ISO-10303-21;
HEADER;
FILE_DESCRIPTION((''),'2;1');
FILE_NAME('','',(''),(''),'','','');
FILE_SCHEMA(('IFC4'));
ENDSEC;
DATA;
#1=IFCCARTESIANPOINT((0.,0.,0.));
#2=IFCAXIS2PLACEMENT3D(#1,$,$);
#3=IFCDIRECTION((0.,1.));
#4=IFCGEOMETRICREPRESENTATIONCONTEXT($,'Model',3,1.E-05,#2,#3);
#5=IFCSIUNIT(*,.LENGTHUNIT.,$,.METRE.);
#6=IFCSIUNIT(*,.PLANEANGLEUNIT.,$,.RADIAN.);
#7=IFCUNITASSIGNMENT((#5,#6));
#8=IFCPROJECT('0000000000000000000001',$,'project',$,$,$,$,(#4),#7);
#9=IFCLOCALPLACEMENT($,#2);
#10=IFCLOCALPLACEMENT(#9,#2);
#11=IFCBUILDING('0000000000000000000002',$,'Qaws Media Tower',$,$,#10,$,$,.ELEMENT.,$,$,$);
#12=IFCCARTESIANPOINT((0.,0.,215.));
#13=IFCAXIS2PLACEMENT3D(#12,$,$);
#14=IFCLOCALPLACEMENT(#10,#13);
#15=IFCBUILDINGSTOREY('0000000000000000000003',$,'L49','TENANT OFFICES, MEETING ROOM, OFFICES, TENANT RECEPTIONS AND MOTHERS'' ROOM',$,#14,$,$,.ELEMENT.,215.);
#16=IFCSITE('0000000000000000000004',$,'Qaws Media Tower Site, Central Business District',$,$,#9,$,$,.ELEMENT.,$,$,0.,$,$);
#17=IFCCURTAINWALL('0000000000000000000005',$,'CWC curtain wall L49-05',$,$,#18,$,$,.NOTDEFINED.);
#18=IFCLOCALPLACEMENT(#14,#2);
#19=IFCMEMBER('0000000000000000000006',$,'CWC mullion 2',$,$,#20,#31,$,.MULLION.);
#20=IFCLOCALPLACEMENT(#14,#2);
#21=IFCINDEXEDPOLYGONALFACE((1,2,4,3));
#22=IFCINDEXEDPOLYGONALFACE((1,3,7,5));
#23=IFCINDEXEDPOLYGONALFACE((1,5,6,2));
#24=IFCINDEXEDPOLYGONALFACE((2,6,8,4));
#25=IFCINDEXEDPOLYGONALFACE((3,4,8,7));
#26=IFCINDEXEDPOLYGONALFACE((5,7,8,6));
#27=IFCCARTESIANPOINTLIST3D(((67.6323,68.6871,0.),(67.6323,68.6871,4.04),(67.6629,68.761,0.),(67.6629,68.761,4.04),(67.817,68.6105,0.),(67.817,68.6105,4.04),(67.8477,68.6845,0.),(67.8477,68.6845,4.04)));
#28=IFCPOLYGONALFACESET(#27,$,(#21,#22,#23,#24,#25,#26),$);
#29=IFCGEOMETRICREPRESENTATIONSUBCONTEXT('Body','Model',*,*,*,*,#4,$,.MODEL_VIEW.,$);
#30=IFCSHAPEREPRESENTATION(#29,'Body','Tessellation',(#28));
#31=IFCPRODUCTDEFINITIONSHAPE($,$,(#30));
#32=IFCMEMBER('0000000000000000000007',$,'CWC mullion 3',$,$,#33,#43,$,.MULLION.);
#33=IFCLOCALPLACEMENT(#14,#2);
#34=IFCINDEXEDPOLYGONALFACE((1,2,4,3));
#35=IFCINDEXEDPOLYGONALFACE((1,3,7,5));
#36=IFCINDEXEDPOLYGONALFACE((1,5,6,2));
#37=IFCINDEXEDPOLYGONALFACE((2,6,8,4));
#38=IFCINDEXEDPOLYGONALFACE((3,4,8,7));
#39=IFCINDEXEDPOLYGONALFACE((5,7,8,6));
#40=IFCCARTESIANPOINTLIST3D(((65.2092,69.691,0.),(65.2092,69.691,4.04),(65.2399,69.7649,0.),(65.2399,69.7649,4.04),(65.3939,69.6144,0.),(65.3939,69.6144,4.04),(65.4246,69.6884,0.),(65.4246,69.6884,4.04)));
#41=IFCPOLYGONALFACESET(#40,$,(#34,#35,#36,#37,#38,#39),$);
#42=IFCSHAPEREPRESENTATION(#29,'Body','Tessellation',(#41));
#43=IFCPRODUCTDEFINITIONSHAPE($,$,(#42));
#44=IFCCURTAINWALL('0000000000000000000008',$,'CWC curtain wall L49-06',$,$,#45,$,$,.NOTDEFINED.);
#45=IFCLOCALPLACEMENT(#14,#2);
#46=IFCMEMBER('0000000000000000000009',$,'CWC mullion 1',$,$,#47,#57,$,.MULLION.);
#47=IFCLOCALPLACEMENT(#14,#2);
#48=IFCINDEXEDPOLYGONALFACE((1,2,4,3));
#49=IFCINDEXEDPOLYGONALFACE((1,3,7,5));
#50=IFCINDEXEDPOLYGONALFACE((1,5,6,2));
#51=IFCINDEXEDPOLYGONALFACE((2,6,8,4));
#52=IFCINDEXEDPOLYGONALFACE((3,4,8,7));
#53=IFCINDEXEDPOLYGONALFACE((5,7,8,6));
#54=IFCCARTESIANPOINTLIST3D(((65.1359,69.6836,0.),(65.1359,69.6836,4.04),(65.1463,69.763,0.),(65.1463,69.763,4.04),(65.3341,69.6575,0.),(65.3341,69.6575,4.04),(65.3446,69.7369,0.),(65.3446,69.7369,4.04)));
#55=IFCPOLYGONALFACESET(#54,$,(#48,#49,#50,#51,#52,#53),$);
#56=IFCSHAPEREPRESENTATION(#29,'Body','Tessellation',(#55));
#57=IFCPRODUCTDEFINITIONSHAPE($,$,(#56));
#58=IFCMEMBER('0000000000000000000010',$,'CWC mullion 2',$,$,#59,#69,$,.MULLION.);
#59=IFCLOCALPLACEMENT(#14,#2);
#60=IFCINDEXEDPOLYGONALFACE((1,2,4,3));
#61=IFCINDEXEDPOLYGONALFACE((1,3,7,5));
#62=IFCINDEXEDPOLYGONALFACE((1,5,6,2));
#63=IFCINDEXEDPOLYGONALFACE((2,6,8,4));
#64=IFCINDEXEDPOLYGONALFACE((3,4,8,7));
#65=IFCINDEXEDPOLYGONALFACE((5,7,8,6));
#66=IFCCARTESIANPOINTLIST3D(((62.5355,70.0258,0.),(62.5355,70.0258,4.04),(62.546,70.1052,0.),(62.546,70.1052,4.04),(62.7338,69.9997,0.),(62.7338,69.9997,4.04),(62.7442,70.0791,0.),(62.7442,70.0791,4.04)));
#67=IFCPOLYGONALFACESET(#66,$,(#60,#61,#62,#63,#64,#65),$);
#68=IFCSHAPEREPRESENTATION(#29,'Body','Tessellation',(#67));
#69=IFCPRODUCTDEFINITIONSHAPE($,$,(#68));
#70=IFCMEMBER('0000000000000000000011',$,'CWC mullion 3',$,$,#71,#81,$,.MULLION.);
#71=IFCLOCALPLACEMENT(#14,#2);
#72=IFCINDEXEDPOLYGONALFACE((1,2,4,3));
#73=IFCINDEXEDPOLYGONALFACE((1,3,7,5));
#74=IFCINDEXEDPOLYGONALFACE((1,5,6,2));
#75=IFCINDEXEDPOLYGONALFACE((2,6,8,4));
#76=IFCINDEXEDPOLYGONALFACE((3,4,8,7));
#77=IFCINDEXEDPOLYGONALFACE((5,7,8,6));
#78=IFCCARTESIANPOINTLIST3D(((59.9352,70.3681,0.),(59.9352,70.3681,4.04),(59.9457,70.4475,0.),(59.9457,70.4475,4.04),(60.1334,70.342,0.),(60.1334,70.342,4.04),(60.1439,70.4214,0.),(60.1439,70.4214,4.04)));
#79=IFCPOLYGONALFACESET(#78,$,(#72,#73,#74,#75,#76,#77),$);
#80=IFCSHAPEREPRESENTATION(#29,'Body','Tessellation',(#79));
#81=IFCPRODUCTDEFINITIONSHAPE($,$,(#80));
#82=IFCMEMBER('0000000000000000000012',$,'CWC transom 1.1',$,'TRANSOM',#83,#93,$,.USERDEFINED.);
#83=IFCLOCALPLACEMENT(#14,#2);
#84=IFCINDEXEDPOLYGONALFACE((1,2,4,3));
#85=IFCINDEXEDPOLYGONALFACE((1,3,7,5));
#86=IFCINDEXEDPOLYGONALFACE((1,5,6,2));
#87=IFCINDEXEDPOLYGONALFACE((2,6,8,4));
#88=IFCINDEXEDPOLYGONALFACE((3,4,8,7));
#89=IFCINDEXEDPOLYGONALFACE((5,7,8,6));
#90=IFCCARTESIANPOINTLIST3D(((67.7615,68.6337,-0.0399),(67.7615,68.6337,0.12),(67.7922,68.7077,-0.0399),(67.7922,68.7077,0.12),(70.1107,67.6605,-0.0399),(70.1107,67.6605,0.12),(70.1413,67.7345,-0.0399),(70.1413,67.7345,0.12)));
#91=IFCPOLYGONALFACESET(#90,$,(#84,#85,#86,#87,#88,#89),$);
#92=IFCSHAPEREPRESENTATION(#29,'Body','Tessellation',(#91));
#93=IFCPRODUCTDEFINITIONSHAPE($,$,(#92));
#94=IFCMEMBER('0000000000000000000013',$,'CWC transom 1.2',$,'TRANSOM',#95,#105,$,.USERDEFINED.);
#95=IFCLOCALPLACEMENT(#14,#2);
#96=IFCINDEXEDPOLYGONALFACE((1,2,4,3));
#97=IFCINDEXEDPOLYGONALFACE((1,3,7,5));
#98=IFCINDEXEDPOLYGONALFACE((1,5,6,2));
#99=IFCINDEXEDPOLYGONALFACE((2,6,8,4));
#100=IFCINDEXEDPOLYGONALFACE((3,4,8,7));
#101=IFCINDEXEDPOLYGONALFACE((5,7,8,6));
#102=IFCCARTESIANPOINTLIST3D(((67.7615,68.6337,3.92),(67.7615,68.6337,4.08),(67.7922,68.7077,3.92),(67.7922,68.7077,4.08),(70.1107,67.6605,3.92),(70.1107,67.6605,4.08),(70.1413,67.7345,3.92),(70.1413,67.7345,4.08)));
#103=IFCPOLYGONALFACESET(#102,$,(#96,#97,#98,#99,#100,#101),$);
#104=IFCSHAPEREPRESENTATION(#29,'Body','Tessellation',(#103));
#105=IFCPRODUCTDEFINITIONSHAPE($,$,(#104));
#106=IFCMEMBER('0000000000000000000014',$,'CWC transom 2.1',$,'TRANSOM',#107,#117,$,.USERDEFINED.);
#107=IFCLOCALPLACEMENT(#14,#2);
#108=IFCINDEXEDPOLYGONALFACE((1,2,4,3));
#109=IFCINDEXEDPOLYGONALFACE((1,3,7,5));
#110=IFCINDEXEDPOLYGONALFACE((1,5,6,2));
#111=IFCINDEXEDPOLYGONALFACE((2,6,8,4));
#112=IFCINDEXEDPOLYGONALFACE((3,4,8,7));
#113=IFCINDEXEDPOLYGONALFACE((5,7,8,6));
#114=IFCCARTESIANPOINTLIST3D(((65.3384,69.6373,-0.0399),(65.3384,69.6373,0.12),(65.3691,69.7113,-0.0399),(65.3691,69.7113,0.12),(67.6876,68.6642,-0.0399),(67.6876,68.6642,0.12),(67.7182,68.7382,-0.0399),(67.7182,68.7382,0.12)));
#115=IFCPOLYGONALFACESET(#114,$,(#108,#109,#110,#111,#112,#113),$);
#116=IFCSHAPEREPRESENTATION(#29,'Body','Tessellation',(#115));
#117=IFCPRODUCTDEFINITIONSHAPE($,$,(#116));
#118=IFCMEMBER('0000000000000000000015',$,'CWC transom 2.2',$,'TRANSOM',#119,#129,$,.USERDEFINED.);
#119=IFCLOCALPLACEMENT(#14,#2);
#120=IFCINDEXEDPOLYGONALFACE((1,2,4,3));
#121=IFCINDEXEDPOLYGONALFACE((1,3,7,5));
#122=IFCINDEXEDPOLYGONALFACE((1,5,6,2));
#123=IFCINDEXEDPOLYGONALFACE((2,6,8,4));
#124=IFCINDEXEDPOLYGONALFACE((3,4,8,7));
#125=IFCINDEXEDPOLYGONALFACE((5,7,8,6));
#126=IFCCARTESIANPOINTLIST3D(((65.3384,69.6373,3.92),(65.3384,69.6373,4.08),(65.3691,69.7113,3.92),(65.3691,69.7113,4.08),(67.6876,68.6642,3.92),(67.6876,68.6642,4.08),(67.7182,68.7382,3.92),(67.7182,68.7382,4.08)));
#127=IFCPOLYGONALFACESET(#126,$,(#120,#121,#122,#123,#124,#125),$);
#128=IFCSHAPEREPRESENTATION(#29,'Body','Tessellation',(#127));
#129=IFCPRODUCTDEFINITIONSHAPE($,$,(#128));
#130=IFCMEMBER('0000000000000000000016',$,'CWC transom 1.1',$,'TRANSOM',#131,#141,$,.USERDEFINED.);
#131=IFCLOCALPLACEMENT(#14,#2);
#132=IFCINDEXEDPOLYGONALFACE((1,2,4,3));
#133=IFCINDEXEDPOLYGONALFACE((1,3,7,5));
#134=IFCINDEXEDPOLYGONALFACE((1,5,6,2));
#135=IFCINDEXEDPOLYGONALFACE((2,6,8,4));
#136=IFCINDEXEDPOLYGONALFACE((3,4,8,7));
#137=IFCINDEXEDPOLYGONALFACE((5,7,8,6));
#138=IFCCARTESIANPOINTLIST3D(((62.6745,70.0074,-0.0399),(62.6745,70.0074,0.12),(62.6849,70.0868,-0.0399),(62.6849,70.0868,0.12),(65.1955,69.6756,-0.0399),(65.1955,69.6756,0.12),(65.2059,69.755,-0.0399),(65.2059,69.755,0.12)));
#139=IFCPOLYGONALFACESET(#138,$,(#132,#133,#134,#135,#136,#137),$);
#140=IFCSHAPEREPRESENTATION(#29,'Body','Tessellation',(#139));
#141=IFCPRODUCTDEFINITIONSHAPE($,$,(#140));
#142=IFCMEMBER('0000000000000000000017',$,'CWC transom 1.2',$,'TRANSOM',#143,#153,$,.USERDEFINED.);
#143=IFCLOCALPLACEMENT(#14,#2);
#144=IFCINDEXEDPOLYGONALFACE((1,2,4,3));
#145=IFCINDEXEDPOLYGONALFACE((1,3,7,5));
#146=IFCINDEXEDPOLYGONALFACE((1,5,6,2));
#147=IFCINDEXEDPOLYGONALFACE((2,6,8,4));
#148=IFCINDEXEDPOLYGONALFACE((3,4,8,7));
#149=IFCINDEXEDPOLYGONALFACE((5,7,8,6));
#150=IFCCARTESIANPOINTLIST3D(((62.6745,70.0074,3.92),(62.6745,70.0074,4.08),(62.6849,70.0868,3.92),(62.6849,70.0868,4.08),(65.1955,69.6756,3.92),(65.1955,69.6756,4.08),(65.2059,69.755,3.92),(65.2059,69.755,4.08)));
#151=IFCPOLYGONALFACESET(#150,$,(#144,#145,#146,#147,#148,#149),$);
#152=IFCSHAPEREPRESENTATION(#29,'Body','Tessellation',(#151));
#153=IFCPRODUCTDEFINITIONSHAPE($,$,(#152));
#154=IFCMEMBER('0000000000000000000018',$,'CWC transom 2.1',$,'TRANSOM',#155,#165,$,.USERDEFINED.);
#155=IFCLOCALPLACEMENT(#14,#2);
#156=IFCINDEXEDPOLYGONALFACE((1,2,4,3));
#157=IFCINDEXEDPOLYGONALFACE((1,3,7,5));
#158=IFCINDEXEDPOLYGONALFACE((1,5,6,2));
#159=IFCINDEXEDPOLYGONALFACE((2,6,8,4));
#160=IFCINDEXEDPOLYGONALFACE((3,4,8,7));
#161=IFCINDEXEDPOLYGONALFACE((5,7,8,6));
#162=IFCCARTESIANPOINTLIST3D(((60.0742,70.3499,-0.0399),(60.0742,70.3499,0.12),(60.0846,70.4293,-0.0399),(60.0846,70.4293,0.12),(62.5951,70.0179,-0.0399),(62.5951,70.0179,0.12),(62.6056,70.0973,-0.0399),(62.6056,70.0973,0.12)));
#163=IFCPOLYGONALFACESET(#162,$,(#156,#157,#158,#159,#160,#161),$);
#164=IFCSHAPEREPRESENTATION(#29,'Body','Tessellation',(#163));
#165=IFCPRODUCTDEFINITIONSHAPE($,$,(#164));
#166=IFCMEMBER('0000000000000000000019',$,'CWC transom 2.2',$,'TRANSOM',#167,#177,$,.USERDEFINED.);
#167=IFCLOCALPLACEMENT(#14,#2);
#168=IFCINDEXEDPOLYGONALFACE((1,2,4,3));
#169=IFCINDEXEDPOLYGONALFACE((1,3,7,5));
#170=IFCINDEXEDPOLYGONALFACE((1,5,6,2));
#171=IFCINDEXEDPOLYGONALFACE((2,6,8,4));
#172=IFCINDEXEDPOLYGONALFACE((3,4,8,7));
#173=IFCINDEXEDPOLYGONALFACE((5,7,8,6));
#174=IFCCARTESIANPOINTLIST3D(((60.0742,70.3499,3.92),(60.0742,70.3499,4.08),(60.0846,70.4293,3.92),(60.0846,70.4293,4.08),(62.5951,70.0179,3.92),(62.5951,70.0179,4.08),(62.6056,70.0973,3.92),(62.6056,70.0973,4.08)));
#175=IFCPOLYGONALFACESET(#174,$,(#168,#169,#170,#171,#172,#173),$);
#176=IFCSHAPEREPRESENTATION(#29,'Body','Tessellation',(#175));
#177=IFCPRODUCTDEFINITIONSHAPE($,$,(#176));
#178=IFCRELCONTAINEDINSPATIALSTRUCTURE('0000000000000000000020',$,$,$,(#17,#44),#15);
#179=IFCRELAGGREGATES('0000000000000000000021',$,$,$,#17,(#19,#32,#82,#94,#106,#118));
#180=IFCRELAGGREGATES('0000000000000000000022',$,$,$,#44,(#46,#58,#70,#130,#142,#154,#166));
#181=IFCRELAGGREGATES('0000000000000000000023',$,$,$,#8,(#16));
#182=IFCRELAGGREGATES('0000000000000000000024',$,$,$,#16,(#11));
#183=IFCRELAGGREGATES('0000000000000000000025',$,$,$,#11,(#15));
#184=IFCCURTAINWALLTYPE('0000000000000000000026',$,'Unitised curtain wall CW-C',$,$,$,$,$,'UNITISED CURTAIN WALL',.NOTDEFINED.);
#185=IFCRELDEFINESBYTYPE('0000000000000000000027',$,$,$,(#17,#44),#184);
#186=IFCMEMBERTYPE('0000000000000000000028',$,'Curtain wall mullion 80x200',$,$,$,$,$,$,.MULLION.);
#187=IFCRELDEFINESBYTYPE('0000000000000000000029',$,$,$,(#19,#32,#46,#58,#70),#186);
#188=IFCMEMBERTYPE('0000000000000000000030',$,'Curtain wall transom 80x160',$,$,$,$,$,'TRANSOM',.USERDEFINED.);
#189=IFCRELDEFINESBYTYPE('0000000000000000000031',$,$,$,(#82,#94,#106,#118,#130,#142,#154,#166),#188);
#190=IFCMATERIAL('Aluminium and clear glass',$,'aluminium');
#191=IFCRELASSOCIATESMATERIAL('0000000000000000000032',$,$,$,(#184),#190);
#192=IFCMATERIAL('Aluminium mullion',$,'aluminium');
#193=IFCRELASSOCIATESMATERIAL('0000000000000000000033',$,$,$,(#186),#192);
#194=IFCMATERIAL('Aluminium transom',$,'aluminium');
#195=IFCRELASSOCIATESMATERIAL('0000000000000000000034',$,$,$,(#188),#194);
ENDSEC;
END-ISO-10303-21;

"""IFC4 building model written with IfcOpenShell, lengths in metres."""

from ifc_helpers import new_model, si_unit, direction, frame, origin, origin_2d, place, context, subcontext, project, spatial, rectangle, extrude, material, material_profile, profile_set, type_object, element, aggregate, save


model = new_model("IFC4")

# Units and contexts
model_context = context("Model", 3, precision=1e-05, world=origin(), true_north=direction((0.0, 1.0)))
body_context = subcontext(model_context, "Body", "Model", "MODEL_VIEW")
ifc_project = project(units=[si_unit("LENGTHUNIT", "METRE"), si_unit("PLANEANGLEUNIT", "RADIAN")], contexts=[model_context])

# Site, building, storey
site_placement = place(None, origin())
site = spatial("IfcSite", under=ifc_project, at=site_placement, Name="Qaws Media Tower Site, Central Business District", CompositionType="ELEMENT", RefElevation=0.0)
building_placement = place(site_placement, origin())
building = spatial("IfcBuilding", under=site, at=building_placement, Name="Qaws Media Tower", CompositionType="ELEMENT")
storey_placement = place(building_placement, frame((0.0, 0.0, 215.0)))
storey = spatial("IfcBuildingStorey", under=building, at=storey_placement, Name="L49", Description="TENANT OFFICES, MEETING ROOM, OFFICES, TENANT RECEPTIONS AND MOTHERS' ROOM", CompositionType="ELEMENT", Elevation=215.0)

# Curtain walls, members
ifc_material_1 = material(Name="Aluminium and clear glass", Category="aluminium")
curtain_wall_type = type_object("IfcCurtainWallType", Name="Unitised curtain wall CW-C", ElementType="UNITISED CURTAIN WALL", PredefinedType="NOTDEFINED", material=ifc_material_1)
curtain_wall_1_placement = place(storey_placement, origin())
curtain_wall_1 = element("IfcCurtainWall", 1, at=curtain_wall_1_placement, inside=storey, type_object=curtain_wall_type, Name="CWC curtain wall L49-05", PredefinedType="NOTDEFINED")
ifc_material_2 = material(Name="Aluminium mullion", Category="aluminium")
ifc_material_profile_1 = material_profile(ifc_material_2, rectangle(XDim=0.0801, YDim=0.2, at=origin_2d()), Name="80x200")
ifc_profile_set_1 = profile_set([ifc_material_profile_1], Name="Aluminium mullion")
member_type_1 = type_object("IfcMemberType", Name="Curtain wall mullion 80x200", PredefinedType="MULLION", material=ifc_profile_set_1)
member_1_placement = place(storey_placement, frame((67.74, 68.6858, 0.0), z_axis=(0.0, 0.0, 1.0), x_axis=(-0.382684, -0.923879, 0.0)))
member_1 = element("IfcMember", 2, at=member_1_placement, type_object=member_type_1, Name="CWC mullion 2", PredefinedType="MULLION", context=body_context, shape_type="SweptSolid", body=[
    extrude(rectangle(XDim=0.0801, YDim=0.2, at=origin_2d()), origin(), (0.0, 0.0, 1.0), 4.04),
])
member_2_placement = place(storey_placement, frame((65.3169, 69.6897, 0.0), z_axis=(0.0, 0.0, 1.0), x_axis=(-0.382684, -0.923879, 0.0)))
member_2 = element("IfcMember", 3, at=member_2_placement, type_object=member_type_1, Name="CWC mullion 3", PredefinedType="MULLION", context=body_context, shape_type="SweptSolid", body=[
    extrude(rectangle(XDim=0.0801, YDim=0.2, at=origin_2d()), origin(), (0.0, 0.0, 1.0), 4.04),
])
curtain_wall_2_placement = place(storey_placement, origin())
curtain_wall_2 = element("IfcCurtainWall", 4, at=curtain_wall_2_placement, inside=storey, type_object=curtain_wall_type, Name="CWC curtain wall L49-06", PredefinedType="NOTDEFINED")
member_3_placement = place(storey_placement, frame((65.2402, 69.7102, 0.0), z_axis=(0.0, 0.0, 1.0), x_axis=(-0.130526, -0.991445, 0.0)))
member_3 = element("IfcMember", 5, at=member_3_placement, type_object=member_type_1, Name="CWC mullion 1", PredefinedType="MULLION", context=body_context, shape_type="SweptSolid", body=[
    extrude(rectangle(XDim=0.0801, YDim=0.2, at=origin_2d()), origin(), (0.0, 0.0, 1.0), 4.04),
])
member_4_placement = place(storey_placement, frame((62.6399, 70.0525, 0.0), z_axis=(0.0, 0.0, 1.0), x_axis=(-0.130526, -0.991445, 0.0)))
member_4 = element("IfcMember", 6, at=member_4_placement, type_object=member_type_1, Name="CWC mullion 2", PredefinedType="MULLION", context=body_context, shape_type="SweptSolid", body=[
    extrude(rectangle(XDim=0.0801, YDim=0.2, at=origin_2d()), origin(), (0.0, 0.0, 1.0), 4.04),
])
member_5_placement = place(storey_placement, frame((60.0396, 70.3948, 0.0), z_axis=(0.0, 0.0, 1.0), x_axis=(-0.130526, -0.991445, 0.0)))
member_5 = element("IfcMember", 7, at=member_5_placement, type_object=member_type_1, Name="CWC mullion 3", PredefinedType="MULLION", context=body_context, shape_type="SweptSolid", body=[
    extrude(rectangle(XDim=0.0801, YDim=0.2, at=origin_2d()), origin(), (0.0, 0.0, 1.0), 4.04),
])

# Members
ifc_material_3 = material(Name="Aluminium transom", Category="aluminium")
ifc_material_profile_2 = material_profile(ifc_material_3, rectangle(XDim=0.0801, YDim=0.1599, at=origin_2d()), Name="80x160")
ifc_profile_set_2 = profile_set([ifc_material_profile_2], Name="Aluminium transom")
member_type_2 = type_object("IfcMemberType", Name="Curtain wall transom 80x160", ElementType="TRANSOM", PredefinedType="USERDEFINED", material=ifc_profile_set_2)
member_6_placement = place(storey_placement, frame((70.126, 67.6975, 0.04), z_axis=(-0.923865, 0.382719, 0.0), x_axis=(-0.382719, -0.923865, 0.0)))
member_6 = element("IfcMember", 8, at=member_6_placement, type_object=member_type_2, Name="CWC transom 1.1", ObjectType="TRANSOM", PredefinedType="USERDEFINED", context=body_context, shape_type="SweptSolid", body=[
    extrude(rectangle(XDim=0.0801, YDim=0.1599, at=origin_2d()), origin(), (0.0, 0.0, 1.0), 2.5427),
])
member_7_placement = place(storey_placement, frame((70.126, 67.6975, 4.0), z_axis=(-0.923865, 0.382719, 0.0), x_axis=(-0.382719, -0.923865, 0.0)))
member_7 = element("IfcMember", 9, at=member_7_placement, type_object=member_type_2, Name="CWC transom 1.2", ObjectType="TRANSOM", PredefinedType="USERDEFINED", context=body_context, shape_type="SweptSolid", body=[
    extrude(rectangle(XDim=0.0801, YDim=0.1599, at=origin_2d()), origin(), (0.0, 0.0, 1.0), 2.5427),
])
member_8_placement = place(storey_placement, frame((67.7029, 68.7012, 0.04), z_axis=(-0.923865, 0.382719, 0.0), x_axis=(-0.382719, -0.923865, 0.0)))
member_8 = element("IfcMember", 10, at=member_8_placement, type_object=member_type_2, Name="CWC transom 2.1", ObjectType="TRANSOM", PredefinedType="USERDEFINED", context=body_context, shape_type="SweptSolid", body=[
    extrude(rectangle(XDim=0.0801, YDim=0.1599, at=origin_2d()), origin(), (0.0, 0.0, 1.0), 2.5427),
])
member_9_placement = place(storey_placement, frame((67.7029, 68.7012, 4.0), z_axis=(-0.923865, 0.382719, 0.0), x_axis=(-0.382719, -0.923865, 0.0)))
member_9 = element("IfcMember", 11, at=member_9_placement, type_object=member_type_2, Name="CWC transom 2.2", ObjectType="TRANSOM", PredefinedType="USERDEFINED", context=body_context, shape_type="SweptSolid", body=[
    extrude(rectangle(XDim=0.0801, YDim=0.1599, at=origin_2d()), origin(), (0.0, 0.0, 1.0), 2.5427),
])
member_10_placement = place(storey_placement, frame((65.2007, 69.7153, 0.04), z_axis=(-0.99145, 0.130484, 0.0), x_axis=(-0.130484, -0.99145, 0.0)))
member_10 = element("IfcMember", 12, at=member_10_placement, type_object=member_type_2, Name="CWC transom 1.1", ObjectType="TRANSOM", PredefinedType="USERDEFINED", context=body_context, shape_type="SweptSolid", body=[
    extrude(rectangle(XDim=0.0801, YDim=0.1599, at=origin_2d()), origin(), (0.0, 0.0, 1.0), 2.5427),
])
member_11_placement = place(storey_placement, frame((65.2007, 69.7153, 4.0), z_axis=(-0.99145, 0.130484, 0.0), x_axis=(-0.130484, -0.99145, 0.0)))
member_11 = element("IfcMember", 13, at=member_11_placement, type_object=member_type_2, Name="CWC transom 1.2", ObjectType="TRANSOM", PredefinedType="USERDEFINED", context=body_context, shape_type="SweptSolid", body=[
    extrude(rectangle(XDim=0.0801, YDim=0.1599, at=origin_2d()), origin(), (0.0, 0.0, 1.0), 2.5427),
])
member_12_placement = place(storey_placement, frame((62.6003, 70.0576, 0.04), z_axis=(-0.991438, 0.130579, 0.0), x_axis=(-0.130579, -0.991438, 0.0)))
member_12 = element("IfcMember", 14, at=member_12_placement, type_object=member_type_2, Name="CWC transom 2.1", ObjectType="TRANSOM", PredefinedType="USERDEFINED", context=body_context, shape_type="SweptSolid", body=[
    extrude(rectangle(XDim=0.0801, YDim=0.1599, at=origin_2d()), origin(), (0.0, 0.0, 1.0), 2.5427),
])
member_13_placement = place(storey_placement, frame((62.6003, 70.0576, 4.0), z_axis=(-0.991438, 0.130579, 0.0), x_axis=(-0.130579, -0.991438, 0.0)))
member_13 = element("IfcMember", 15, at=member_13_placement, type_object=member_type_2, Name="CWC transom 2.2", ObjectType="TRANSOM", PredefinedType="USERDEFINED", context=body_context, shape_type="SweptSolid", body=[
    extrude(rectangle(XDim=0.0801, YDim=0.1599, at=origin_2d()), origin(), (0.0, 0.0, 1.0), 2.5427),
])

aggregate(curtain_wall_1, [member_1, member_2, member_6, member_7, member_8, member_9])
aggregate(curtain_wall_2, [member_3, member_4, member_5, member_10, member_11, member_12, member_13])

save(model, "model.ifc")
